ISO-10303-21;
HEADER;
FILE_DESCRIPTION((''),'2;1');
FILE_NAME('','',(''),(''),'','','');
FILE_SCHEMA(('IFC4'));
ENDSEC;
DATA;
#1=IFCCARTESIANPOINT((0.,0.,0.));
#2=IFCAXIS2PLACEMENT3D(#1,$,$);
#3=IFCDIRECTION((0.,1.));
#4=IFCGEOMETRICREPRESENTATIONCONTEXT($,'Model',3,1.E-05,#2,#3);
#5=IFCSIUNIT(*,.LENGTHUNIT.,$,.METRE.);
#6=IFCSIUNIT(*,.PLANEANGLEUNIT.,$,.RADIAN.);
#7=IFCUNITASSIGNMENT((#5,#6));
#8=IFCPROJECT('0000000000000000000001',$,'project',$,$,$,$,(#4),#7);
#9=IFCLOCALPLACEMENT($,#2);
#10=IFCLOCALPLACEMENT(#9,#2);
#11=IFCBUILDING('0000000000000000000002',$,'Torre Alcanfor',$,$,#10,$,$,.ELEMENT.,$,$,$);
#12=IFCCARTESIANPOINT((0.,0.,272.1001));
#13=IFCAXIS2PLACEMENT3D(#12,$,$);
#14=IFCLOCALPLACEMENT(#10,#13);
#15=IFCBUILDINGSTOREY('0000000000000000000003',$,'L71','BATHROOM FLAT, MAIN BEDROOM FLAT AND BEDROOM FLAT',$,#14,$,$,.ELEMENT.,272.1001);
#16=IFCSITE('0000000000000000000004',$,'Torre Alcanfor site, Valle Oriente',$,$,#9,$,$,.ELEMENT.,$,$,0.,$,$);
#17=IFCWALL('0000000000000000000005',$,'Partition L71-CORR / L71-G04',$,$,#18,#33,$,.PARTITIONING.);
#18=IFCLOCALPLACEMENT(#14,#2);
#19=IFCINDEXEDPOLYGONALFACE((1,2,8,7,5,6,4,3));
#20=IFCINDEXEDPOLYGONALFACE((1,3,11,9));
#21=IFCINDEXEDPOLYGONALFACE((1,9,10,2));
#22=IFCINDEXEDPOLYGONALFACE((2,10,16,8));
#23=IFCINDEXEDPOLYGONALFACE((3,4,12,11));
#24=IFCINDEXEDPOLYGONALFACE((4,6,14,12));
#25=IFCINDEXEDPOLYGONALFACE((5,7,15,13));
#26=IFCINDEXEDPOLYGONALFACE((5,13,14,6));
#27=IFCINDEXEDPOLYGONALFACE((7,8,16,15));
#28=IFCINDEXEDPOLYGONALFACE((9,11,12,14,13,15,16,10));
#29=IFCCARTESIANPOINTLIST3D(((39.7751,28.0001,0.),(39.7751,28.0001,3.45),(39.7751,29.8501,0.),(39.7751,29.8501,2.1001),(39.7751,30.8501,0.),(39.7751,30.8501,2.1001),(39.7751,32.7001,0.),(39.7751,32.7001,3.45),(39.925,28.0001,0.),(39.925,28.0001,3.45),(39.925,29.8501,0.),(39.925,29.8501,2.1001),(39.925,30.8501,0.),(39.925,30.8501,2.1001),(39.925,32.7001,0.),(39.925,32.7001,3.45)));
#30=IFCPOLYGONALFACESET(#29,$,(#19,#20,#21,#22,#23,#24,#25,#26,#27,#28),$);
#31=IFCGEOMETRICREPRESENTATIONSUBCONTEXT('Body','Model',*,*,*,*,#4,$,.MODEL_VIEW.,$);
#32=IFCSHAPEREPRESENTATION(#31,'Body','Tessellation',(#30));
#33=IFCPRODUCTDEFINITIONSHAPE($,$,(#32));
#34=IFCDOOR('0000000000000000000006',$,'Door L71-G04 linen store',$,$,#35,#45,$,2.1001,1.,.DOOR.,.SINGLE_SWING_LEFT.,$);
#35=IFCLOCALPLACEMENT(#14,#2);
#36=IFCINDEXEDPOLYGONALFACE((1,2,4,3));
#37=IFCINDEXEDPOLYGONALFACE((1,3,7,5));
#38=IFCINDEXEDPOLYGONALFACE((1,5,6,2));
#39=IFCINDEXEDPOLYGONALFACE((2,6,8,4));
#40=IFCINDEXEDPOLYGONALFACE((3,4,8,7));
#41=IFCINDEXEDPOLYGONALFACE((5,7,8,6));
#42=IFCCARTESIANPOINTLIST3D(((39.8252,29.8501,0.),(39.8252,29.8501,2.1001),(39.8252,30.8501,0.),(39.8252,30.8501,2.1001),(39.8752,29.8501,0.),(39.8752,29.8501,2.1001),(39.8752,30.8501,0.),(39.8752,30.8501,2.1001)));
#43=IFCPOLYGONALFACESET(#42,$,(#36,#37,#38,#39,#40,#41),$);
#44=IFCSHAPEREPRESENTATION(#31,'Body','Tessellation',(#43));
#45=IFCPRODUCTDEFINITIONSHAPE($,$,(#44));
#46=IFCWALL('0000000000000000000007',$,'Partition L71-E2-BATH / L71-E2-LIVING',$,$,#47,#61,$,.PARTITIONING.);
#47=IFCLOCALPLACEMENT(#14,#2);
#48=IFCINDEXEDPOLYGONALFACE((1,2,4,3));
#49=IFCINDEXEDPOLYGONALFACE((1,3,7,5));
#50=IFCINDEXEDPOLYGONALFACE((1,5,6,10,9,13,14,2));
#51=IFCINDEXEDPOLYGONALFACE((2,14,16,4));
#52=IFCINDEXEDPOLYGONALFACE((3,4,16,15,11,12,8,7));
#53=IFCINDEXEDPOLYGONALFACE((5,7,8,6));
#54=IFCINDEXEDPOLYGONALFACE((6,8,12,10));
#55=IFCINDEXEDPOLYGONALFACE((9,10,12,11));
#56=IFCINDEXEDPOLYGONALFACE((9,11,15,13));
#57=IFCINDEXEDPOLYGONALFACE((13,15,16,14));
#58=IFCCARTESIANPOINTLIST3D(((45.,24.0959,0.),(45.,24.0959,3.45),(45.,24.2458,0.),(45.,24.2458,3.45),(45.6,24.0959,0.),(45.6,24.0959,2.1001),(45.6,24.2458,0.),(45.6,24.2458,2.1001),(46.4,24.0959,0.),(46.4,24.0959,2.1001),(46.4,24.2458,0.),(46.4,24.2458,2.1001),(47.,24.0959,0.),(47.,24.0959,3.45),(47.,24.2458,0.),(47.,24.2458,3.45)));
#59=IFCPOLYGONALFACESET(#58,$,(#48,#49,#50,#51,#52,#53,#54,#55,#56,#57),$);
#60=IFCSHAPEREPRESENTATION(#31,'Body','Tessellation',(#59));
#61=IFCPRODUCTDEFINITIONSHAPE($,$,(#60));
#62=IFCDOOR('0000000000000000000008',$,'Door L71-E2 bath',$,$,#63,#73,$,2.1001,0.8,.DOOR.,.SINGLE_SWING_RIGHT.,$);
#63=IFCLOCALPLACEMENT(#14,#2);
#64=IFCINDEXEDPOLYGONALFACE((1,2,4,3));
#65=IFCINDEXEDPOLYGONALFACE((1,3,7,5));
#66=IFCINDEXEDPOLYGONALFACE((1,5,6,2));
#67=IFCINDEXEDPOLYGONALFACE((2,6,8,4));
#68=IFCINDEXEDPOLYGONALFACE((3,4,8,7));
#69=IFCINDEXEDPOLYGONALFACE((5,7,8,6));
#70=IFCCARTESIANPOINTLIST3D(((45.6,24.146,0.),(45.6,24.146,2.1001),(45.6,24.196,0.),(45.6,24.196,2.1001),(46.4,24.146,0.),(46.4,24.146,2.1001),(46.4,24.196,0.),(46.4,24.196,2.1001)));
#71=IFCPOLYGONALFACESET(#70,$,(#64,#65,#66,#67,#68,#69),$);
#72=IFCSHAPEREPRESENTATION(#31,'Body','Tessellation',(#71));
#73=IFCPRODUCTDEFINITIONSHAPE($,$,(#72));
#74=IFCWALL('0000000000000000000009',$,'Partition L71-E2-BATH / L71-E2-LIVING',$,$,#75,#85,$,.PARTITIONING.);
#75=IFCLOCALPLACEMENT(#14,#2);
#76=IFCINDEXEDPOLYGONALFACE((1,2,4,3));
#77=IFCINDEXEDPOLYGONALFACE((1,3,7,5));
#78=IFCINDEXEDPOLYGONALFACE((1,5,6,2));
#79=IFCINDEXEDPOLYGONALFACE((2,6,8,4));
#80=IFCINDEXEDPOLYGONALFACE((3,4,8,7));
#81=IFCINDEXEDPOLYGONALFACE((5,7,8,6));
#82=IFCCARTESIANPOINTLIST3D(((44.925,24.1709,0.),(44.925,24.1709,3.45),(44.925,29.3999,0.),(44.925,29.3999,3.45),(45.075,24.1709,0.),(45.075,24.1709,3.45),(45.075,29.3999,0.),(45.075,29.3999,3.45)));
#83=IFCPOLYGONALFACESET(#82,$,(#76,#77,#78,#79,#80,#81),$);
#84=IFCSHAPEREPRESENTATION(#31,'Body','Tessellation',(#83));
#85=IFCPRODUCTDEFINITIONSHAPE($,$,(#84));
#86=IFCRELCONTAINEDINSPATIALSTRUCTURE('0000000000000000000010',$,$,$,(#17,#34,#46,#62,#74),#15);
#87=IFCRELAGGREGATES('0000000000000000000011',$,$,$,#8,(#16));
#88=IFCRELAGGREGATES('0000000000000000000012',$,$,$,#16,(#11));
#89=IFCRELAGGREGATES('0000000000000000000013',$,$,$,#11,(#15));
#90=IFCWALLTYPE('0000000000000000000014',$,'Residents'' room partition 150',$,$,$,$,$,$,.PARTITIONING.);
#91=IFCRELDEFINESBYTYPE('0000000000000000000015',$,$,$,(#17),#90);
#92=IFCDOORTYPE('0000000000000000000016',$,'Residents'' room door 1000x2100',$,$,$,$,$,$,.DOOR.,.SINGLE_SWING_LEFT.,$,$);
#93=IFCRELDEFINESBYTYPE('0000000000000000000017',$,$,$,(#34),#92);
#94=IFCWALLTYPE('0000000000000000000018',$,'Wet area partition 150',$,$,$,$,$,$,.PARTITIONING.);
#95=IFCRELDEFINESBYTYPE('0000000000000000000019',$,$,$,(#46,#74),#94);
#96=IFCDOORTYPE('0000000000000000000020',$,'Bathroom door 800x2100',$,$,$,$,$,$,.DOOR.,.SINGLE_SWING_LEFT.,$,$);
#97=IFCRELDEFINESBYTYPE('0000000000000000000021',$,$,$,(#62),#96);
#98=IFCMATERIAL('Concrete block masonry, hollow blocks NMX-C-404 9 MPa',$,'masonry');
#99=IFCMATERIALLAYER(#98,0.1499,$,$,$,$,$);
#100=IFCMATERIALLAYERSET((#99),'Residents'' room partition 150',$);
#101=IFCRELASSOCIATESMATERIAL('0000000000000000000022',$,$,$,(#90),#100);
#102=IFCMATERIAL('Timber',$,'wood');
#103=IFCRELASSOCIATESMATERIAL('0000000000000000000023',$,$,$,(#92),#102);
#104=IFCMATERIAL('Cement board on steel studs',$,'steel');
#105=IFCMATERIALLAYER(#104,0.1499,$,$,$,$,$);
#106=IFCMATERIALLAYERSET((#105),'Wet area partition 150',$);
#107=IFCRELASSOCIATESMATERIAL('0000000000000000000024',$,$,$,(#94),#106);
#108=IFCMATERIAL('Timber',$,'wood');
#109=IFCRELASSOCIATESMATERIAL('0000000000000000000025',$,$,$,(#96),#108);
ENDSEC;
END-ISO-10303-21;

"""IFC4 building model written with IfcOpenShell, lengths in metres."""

from ifc_helpers import new_model, si_unit, direction, frame, frame_2d, origin, place, context, subcontext, project, spatial, rectangle, extrude, material, layer, layer_set, type_object, element, fill, save


model = new_model("IFC4")

# Units and contexts
model_context = context("Model", 3, precision=1e-05, world=origin(), true_north=direction((0.0, 1.0)))
body_context = subcontext(model_context, "Body", "Model", "MODEL_VIEW")
ifc_project = project(units=[si_unit("LENGTHUNIT", "METRE"), si_unit("PLANEANGLEUNIT", "RADIAN")], contexts=[model_context])

# Site, building, storey
site_placement = place(None, origin())
site = spatial("IfcSite", under=ifc_project, at=site_placement, Name="Torre Alcanfor site, Valle Oriente", CompositionType="ELEMENT", RefElevation=0.0)
building_placement = place(site_placement, origin())
building = spatial("IfcBuilding", under=site, at=building_placement, Name="Torre Alcanfor", CompositionType="ELEMENT")
storey_placement = place(building_placement, frame((0.0, 0.0, 272.1001)))
storey = spatial("IfcBuildingStorey", under=building, at=storey_placement, Name="L71", Description="BATHROOM FLAT, MAIN BEDROOM FLAT AND BEDROOM FLAT", CompositionType="ELEMENT", Elevation=272.1001)

# Shared definitions
ifc_material_1 = material(Name="Concrete block masonry, hollow blocks NMX-C-404 9 MPa", Category="masonry")
ifc_layer_1 = layer(ifc_material_1, 0.1499)
ifc_layer_set_1 = layer_set([ifc_layer_1], Name="Residents' room partition 150")
wall_type_1 = type_object("IfcWallType", Name="Residents' room partition 150", PredefinedType="PARTITIONING", material=ifc_layer_set_1)

# Walls, openings, doors
wall_1_placement = place(storey_placement, frame((39.8501, 28.0, 0.0), z_axis=(0.0, 0.0, 1.0), x_axis=(0.0, 1.0, 0.0)))
wall_1 = element("IfcWall", 1, at=wall_1_placement, inside=storey, type_object=wall_type_1, Name="Partition L71-CORR / L71-G04", PredefinedType="PARTITIONING", context=body_context, shape_type="SweptSolid", body=[
    extrude(rectangle(XDim=4.7, YDim=0.1499, at=frame_2d((2.3501, 0.0))), origin(), (0.0, 0.0, 1.0), 3.45),
])
opening_1_placement = place(wall_1_placement, frame((1.8501, 0.0, 0.0)))
opening_1 = element("IfcOpeningElement", 2, at=opening_1_placement, cuts=wall_1, PredefinedType="OPENING", context=body_context, shape_type="SweptSolid", body=[
    extrude(rectangle(XDim=1.0, YDim=2.1001, at=frame_2d((0.5, 1.05))), frame((0.0, 0.085, 0.0), z_axis=(0.0, -1.0, 0.0), x_axis=(1.0, 0.0, 0.0)), (0.0, 0.0, 1.0), 0.1699),
])
ifc_material_2 = material(Name="Timber", Category="wood")
door_type_1 = type_object("IfcDoorType", Name="Residents' room door 1000x2100", OperationType="SINGLE_SWING_LEFT", PredefinedType="DOOR", material=ifc_material_2)
door_1_placement = place(opening_1_placement, origin())
door_1 = element("IfcDoor", 3, at=door_1_placement, inside=storey, type_object=door_type_1, Name="Door L71-G04 linen store", OperationType="SINGLE_SWING_LEFT", OverallHeight=2.1001, OverallWidth=1.0, PredefinedType="DOOR", context=body_context, shape_type="SweptSolid", body=[
    extrude(rectangle(XDim=1.0, YDim=2.1001, at=frame_2d((0.5, 1.05))), frame((0.0, 0.0249, 0.0), z_axis=(0.0, -1.0, 0.0), x_axis=(1.0, 0.0, 0.0)), (0.0, 0.0, 1.0), 0.05),
])
fill(opening_1, door_1)
ifc_material_3 = material(Name="Cement board on steel studs", Category="steel")
ifc_layer_2 = layer(ifc_material_3, 0.1499)
ifc_layer_set_2 = layer_set([ifc_layer_2], Name="Wet area partition 150")
wall_type_2 = type_object("IfcWallType", Name="Wet area partition 150", PredefinedType="PARTITIONING", material=ifc_layer_set_2)
wall_2_placement = place(storey_placement, frame((47.0, 24.1709, 0.0), z_axis=(0.0, 0.0, 1.0), x_axis=(-1.0, 0.0, 0.0)))
wall_2 = element("IfcWall", 4, at=wall_2_placement, inside=storey, type_object=wall_type_2, Name="Partition L71-E2-BATH / L71-E2-LIVING", PredefinedType="PARTITIONING", context=body_context, shape_type="SweptSolid", body=[
    extrude(rectangle(XDim=2.0, YDim=0.1499, at=frame_2d((1.0, 0.0))), origin(), (0.0, 0.0, 1.0), 3.45),
])
opening_2_placement = place(wall_2_placement, frame((0.6001, 0.0, 0.0)))
opening_2 = element("IfcOpeningElement", 5, at=opening_2_placement, cuts=wall_2, PredefinedType="OPENING", context=body_context, shape_type="SweptSolid", body=[
    extrude(rectangle(XDim=0.8, YDim=2.1001, at=frame_2d((0.3999, 1.05))), frame((0.0, 0.085, 0.0), z_axis=(0.0, -1.0, 0.0), x_axis=(1.0, 0.0, 0.0)), (0.0, 0.0, 1.0), 0.1699),
])
ifc_material_4 = material(Name="Timber", Category="wood")
door_type_2 = type_object("IfcDoorType", Name="Bathroom door 800x2100", OperationType="SINGLE_SWING_LEFT", PredefinedType="DOOR", material=ifc_material_4)
door_2_placement = place(opening_2_placement, frame((0.8, 0.0, 0.0), z_axis=(0.0, 0.0, 1.0), x_axis=(-1.0, 0.0, 0.0)))
door_2 = element("IfcDoor", 6, at=door_2_placement, inside=storey, type_object=door_type_2, Name="Door L71-E2 bath", OperationType="SINGLE_SWING_RIGHT", OverallHeight=2.1001, OverallWidth=0.8, PredefinedType="DOOR", context=body_context, shape_type="SweptSolid", body=[
    extrude(rectangle(XDim=0.8, YDim=2.1001, at=frame_2d((0.4001, 1.05))), frame((0.0, 0.0251, 0.0), z_axis=(0.0, -1.0, 0.0), x_axis=(1.0, 0.0, 0.0)), (0.0, 0.0, 1.0), 0.05),
])
fill(opening_2, door_2)

# Wall
wall_3_placement = place(storey_placement, frame((45.0, 24.1709, 0.0), z_axis=(0.0, 0.0, 1.0), x_axis=(0.0, 1.0, 0.0)))
element("IfcWall", 7, at=wall_3_placement, inside=storey, type_object=wall_type_2, Name="Partition L71-E2-BATH / L71-E2-LIVING", PredefinedType="PARTITIONING", context=body_context, shape_type="SweptSolid", body=[
    extrude(rectangle(XDim=5.229, YDim=0.1499, at=frame_2d((2.6145, 0.0))), origin(), (0.0, 0.0, 1.0), 3.45),
])

save(model, "model.ifc")
